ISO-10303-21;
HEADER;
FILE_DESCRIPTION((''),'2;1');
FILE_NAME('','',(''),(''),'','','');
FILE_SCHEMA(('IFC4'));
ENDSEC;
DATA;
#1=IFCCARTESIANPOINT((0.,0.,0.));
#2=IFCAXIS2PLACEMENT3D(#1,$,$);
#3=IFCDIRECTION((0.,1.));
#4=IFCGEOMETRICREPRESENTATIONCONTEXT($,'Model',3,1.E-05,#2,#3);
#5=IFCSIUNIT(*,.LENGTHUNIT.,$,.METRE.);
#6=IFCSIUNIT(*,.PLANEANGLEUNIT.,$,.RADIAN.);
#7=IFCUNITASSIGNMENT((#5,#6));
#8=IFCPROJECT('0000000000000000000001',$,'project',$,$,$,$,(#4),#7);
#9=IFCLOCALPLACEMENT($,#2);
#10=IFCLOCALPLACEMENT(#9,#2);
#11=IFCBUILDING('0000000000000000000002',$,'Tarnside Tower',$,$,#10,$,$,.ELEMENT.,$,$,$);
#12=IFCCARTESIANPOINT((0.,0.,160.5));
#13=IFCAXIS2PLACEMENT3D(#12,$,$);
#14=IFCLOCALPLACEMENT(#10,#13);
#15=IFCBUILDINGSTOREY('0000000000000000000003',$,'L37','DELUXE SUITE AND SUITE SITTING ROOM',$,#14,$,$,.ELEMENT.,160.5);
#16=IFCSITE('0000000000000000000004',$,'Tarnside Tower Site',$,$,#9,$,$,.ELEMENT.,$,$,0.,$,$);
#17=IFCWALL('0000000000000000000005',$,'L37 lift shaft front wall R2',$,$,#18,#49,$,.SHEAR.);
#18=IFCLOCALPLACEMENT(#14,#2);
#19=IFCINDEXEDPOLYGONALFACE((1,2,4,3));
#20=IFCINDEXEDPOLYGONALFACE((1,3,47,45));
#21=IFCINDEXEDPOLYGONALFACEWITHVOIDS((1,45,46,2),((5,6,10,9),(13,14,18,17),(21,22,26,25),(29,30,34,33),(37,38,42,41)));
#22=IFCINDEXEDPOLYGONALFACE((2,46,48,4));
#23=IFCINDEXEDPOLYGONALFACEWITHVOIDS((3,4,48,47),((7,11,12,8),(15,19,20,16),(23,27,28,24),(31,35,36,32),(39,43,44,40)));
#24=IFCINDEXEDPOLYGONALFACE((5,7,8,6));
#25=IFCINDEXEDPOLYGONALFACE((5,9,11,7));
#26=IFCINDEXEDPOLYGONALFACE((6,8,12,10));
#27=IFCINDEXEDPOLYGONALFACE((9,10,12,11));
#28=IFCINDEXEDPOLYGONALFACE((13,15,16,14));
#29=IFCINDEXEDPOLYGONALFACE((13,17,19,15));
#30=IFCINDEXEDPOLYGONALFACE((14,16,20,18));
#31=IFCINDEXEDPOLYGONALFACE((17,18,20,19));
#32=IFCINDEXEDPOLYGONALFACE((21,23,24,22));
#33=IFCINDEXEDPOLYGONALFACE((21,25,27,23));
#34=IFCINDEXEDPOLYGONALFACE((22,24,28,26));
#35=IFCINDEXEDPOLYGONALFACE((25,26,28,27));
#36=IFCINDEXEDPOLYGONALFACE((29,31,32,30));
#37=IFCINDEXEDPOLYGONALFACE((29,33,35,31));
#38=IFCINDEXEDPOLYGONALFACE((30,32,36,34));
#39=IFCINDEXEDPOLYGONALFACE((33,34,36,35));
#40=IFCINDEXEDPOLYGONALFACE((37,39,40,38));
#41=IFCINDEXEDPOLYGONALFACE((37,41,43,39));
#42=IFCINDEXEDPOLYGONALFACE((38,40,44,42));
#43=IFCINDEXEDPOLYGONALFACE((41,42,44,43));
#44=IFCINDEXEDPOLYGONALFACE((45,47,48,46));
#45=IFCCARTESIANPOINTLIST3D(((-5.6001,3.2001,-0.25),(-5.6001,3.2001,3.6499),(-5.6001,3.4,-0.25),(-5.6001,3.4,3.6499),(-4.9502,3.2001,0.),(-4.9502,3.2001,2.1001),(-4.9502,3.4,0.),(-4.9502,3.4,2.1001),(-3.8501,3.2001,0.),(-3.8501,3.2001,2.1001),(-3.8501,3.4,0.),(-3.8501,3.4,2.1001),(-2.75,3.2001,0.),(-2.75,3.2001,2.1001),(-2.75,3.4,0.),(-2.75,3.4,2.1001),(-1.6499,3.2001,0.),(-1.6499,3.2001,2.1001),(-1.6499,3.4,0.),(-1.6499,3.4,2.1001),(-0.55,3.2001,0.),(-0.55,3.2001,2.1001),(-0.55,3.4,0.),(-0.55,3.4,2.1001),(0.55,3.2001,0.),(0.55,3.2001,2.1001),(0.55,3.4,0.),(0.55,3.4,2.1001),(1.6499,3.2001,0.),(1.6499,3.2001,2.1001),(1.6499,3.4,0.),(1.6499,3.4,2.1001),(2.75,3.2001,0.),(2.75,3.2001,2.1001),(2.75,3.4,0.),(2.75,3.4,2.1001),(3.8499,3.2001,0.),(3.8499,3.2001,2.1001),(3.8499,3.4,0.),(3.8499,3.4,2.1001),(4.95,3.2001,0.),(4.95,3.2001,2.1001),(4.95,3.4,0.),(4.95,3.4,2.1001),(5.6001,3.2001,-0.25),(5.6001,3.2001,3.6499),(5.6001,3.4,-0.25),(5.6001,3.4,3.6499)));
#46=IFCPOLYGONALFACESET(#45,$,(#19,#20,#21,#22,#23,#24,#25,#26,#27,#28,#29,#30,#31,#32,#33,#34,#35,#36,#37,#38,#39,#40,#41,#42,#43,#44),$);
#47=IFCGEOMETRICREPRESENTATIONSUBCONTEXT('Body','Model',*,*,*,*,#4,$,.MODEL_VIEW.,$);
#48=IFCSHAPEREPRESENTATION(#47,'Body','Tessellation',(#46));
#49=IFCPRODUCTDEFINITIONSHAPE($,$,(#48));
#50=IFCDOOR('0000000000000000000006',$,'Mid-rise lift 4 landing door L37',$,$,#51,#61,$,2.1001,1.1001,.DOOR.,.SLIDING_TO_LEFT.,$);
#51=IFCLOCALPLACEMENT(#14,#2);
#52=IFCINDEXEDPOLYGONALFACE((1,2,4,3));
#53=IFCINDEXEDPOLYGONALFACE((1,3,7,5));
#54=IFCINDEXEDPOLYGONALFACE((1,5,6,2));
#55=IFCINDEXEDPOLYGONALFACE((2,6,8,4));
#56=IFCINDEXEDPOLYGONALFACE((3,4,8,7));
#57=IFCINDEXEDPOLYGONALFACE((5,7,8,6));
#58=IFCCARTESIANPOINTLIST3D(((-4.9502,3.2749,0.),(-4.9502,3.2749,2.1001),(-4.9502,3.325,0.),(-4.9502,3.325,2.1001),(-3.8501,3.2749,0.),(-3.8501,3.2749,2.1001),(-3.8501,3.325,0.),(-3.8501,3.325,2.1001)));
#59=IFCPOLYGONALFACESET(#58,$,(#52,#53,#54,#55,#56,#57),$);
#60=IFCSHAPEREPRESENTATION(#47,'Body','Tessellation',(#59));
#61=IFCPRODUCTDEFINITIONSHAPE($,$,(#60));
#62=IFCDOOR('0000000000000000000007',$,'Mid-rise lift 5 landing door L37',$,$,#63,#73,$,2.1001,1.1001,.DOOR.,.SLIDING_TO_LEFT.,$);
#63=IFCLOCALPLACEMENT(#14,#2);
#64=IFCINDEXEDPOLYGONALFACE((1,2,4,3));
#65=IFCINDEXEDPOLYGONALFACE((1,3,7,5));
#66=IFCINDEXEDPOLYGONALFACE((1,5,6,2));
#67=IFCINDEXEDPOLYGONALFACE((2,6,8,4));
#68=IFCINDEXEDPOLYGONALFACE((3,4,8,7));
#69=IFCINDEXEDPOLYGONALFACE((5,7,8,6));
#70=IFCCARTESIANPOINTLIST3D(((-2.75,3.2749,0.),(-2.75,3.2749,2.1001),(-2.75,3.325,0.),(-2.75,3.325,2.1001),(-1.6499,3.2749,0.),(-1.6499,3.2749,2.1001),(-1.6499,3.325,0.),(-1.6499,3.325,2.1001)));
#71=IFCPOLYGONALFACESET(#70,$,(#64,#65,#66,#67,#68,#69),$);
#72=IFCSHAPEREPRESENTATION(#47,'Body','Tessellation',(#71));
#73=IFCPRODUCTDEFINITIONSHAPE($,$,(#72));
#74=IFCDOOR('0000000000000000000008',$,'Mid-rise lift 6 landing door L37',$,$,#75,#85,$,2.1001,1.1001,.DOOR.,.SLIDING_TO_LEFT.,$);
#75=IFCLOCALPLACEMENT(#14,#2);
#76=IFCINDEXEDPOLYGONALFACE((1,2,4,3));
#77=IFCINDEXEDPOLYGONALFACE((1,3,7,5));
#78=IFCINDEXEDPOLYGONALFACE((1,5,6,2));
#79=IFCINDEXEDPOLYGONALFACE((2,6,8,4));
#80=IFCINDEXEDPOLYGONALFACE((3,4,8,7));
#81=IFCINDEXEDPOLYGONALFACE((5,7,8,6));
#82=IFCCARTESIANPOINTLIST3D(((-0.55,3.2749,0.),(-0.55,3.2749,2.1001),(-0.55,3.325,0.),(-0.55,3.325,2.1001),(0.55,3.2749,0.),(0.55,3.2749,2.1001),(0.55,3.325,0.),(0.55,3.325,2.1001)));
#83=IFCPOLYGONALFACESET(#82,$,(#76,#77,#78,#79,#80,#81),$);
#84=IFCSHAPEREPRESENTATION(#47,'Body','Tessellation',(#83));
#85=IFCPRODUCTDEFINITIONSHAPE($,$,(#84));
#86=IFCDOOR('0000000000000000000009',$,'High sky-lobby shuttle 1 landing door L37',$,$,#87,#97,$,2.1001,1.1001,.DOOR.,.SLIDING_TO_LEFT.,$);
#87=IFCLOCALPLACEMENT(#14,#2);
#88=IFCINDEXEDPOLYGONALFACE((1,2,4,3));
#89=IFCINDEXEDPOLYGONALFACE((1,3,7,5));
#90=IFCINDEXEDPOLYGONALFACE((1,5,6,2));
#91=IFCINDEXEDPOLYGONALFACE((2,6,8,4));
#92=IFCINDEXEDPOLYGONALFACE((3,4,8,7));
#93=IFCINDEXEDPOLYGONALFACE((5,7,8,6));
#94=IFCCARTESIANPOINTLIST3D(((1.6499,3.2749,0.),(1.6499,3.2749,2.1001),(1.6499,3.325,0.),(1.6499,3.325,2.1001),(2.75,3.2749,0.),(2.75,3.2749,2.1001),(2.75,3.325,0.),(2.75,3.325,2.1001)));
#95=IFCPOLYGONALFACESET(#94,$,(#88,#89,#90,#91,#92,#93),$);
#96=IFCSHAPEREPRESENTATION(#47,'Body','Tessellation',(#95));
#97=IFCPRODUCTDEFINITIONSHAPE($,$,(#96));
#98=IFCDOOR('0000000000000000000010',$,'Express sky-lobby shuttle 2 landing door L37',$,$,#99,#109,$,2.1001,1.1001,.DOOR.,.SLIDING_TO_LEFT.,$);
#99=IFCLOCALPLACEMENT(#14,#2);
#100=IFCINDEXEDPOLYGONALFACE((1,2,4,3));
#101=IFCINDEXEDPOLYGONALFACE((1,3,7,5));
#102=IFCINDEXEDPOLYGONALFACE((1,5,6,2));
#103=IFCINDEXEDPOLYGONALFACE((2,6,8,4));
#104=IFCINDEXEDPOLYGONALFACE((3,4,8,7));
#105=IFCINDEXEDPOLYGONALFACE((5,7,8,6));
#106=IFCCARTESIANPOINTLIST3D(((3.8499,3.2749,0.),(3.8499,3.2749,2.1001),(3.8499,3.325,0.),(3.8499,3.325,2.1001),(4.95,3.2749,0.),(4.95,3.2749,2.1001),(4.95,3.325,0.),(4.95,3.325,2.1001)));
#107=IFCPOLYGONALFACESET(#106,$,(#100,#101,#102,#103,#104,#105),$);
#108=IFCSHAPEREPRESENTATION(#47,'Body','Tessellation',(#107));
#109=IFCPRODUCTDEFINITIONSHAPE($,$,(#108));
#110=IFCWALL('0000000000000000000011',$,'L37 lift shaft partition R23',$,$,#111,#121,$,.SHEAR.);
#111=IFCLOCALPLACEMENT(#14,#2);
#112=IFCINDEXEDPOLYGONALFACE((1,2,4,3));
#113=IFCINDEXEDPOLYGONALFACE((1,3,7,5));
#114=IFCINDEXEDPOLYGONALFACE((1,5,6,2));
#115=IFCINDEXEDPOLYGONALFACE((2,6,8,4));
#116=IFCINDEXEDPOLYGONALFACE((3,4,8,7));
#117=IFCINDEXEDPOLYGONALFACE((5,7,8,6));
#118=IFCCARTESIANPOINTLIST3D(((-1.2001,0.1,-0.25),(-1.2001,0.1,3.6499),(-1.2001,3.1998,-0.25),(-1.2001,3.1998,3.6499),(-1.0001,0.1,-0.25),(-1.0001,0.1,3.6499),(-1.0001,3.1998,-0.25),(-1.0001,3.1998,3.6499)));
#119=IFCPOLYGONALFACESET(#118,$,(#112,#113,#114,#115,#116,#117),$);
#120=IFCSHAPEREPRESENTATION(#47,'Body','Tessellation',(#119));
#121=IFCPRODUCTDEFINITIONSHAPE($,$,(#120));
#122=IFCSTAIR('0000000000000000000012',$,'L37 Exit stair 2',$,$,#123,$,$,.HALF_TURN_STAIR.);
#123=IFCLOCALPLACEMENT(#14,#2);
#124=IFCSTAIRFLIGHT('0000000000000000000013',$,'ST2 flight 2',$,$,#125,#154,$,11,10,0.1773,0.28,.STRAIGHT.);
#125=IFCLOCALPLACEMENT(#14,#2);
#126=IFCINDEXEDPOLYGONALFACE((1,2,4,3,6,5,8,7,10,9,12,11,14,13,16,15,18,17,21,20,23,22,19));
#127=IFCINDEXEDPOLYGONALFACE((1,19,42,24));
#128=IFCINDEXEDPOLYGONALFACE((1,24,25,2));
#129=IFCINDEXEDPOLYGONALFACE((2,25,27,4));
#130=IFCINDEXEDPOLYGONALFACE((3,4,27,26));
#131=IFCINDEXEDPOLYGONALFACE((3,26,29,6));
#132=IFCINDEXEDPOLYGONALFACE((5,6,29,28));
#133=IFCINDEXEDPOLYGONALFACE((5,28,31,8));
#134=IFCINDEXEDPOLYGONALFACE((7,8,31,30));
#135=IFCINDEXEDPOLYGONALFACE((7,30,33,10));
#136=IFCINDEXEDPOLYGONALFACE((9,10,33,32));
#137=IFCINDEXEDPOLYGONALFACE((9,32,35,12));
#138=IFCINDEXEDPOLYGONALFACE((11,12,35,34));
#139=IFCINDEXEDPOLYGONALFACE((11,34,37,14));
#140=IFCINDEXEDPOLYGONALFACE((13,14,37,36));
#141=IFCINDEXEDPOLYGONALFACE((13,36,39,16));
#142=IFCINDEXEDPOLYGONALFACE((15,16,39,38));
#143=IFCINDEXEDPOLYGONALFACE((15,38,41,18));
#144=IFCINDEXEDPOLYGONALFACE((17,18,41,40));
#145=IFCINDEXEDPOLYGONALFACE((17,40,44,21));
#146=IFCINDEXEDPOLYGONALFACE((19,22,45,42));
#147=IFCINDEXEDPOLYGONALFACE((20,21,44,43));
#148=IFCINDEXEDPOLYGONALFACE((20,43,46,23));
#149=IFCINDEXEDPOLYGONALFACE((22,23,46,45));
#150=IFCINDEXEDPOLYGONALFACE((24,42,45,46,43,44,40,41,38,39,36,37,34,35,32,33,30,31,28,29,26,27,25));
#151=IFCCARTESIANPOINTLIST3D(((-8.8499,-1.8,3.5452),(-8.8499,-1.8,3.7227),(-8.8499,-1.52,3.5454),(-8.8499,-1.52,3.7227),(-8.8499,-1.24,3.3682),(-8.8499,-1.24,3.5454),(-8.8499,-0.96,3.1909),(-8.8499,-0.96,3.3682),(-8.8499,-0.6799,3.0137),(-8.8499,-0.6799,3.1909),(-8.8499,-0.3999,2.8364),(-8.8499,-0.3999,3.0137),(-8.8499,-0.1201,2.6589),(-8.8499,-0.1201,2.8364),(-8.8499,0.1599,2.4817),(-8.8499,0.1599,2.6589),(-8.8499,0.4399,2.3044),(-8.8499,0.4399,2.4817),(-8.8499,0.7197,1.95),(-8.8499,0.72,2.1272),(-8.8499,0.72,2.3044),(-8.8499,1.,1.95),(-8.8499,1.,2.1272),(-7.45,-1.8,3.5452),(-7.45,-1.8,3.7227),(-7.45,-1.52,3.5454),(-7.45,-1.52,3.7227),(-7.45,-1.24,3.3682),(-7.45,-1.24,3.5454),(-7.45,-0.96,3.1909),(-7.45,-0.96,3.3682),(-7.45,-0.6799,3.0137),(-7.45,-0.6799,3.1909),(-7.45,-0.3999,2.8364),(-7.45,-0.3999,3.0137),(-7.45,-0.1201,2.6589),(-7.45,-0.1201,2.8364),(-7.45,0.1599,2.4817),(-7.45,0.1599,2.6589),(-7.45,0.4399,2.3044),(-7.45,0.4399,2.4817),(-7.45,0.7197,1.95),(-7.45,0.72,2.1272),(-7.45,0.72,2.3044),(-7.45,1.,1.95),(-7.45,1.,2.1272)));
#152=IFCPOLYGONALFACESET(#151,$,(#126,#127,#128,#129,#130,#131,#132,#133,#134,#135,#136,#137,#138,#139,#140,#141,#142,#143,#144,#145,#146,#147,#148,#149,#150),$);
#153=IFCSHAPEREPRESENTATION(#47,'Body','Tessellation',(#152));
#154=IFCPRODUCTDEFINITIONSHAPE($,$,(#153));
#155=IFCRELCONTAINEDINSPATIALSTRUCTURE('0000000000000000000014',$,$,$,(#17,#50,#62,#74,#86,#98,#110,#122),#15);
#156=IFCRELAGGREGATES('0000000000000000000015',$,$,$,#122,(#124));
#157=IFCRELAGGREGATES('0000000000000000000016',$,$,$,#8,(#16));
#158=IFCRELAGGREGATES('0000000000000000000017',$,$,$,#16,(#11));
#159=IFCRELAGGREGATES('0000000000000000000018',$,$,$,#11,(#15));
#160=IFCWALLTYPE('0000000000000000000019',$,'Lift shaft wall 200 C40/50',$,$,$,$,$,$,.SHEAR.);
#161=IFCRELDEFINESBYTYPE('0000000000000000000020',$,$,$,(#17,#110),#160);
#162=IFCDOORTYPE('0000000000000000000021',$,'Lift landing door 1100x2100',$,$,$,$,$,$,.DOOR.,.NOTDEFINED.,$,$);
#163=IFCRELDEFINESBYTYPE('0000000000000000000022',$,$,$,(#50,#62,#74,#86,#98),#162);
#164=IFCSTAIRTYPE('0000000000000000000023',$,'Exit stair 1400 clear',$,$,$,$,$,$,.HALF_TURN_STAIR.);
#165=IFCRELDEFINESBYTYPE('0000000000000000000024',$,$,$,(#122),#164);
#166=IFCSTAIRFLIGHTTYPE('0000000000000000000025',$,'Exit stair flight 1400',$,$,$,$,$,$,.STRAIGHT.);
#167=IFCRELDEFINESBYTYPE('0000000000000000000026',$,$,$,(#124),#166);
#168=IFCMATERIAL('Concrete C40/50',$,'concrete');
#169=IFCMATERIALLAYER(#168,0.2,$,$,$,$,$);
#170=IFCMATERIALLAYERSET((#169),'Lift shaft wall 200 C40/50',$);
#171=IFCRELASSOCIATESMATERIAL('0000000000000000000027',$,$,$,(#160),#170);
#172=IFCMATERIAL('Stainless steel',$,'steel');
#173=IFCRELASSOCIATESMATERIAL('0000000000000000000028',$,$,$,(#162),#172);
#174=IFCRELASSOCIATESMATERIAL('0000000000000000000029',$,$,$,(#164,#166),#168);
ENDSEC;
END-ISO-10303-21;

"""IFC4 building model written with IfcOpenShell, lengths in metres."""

from ifc_helpers import new_model, si_unit, direction, frame, frame_2d, origin, place, context, subcontext, project, spatial, polyline, rectangle, outline, extrude, material, layer, layer_set, type_object, element, fill, aggregate, save


model = new_model("IFC4")

# Units and contexts
model_context = context("Model", 3, precision=1e-05, world=origin(), true_north=direction((0.0, 1.0)))
body_context = subcontext(model_context, "Body", "Model", "MODEL_VIEW")
ifc_project = project(units=[si_unit("LENGTHUNIT", "METRE"), si_unit("PLANEANGLEUNIT", "RADIAN")], contexts=[model_context])

# Site, building, storey
site_placement = place(None, origin())
site = spatial("IfcSite", under=ifc_project, at=site_placement, Name="Tarnside Tower Site", CompositionType="ELEMENT", RefElevation=0.0)
building_placement = place(site_placement, origin())
building = spatial("IfcBuilding", under=site, at=building_placement, Name="Tarnside Tower", CompositionType="ELEMENT")
storey_placement = place(building_placement, frame((0.0, 0.0, 160.5)))
storey = spatial("IfcBuildingStorey", under=building, at=storey_placement, Name="L37", Description="DELUXE SUITE AND SUITE SITTING ROOM", CompositionType="ELEMENT", Elevation=160.5)

# Shared definitions
ifc_material_1 = material(Name="Concrete C40/50", Category="concrete")
ifc_layer = layer(ifc_material_1, 0.2)
ifc_layer_set = layer_set([ifc_layer], Name="Lift shaft wall 200 C40/50")
wall_type = type_object("IfcWallType", Name="Lift shaft wall 200 C40/50", PredefinedType="SHEAR", material=ifc_layer_set)
ifc_material_2 = material(Name="Stainless steel", Category="steel")
door_type_1 = type_object("IfcDoorType", Name="Lift landing door 1100x2100", OperationType="NOTDEFINED", PredefinedType="DOOR", material=ifc_material_2)

# Wall, openings, doors
wall_1_placement = place(storey_placement, frame((-5.6001, 3.3, -0.25), z_axis=(0.0, 0.0, 1.0), x_axis=(1.0, 0.0, 0.0)))
wall_1 = element("IfcWall", 1, at=wall_1_placement, inside=storey, type_object=wall_type, Name="L37 lift shaft front wall R2", PredefinedType="SHEAR", context=body_context, shape_type="SweptSolid", body=[
    extrude(rectangle(XDim=11.2002, YDim=0.2, at=frame_2d((5.6001, 0.0))), origin(), (0.0, 0.0, 1.0), 3.8999),
])
opening_1_placement = place(wall_1_placement, frame((0.6499, 0.0, 0.25)))
opening_1 = element("IfcOpeningElement", 2, at=opening_1_placement, cuts=wall_1, PredefinedType="OPENING", context=body_context, shape_type="SweptSolid", body=[
    extrude(rectangle(XDim=1.1001, YDim=2.1001, at=frame_2d((0.55, 1.05))), frame((0.0, 0.1099, 0.0), z_axis=(0.0, -1.0, 0.0), x_axis=(1.0, 0.0, 0.0)), (0.0, 0.0, 1.0), 0.22),
])
opening_2_placement = place(wall_1_placement, frame((2.8501, 0.0, 0.25)))
opening_2 = element("IfcOpeningElement", 3, at=opening_2_placement, cuts=wall_1, PredefinedType="OPENING", context=body_context, shape_type="SweptSolid", body=[
    extrude(rectangle(XDim=1.1001, YDim=2.1001, at=frame_2d((0.55, 1.05))), frame((0.0, 0.1099, 0.0), z_axis=(0.0, -1.0, 0.0), x_axis=(1.0, 0.0, 0.0)), (0.0, 0.0, 1.0), 0.22),
])
opening_3_placement = place(wall_1_placement, frame((5.05, 0.0, 0.25)))
opening_3 = element("IfcOpeningElement", 4, at=opening_3_placement, cuts=wall_1, PredefinedType="OPENING", context=body_context, shape_type="SweptSolid", body=[
    extrude(rectangle(XDim=1.1001, YDim=2.1001, at=frame_2d((0.55, 1.05))), frame((0.0, 0.1099, 0.0), z_axis=(0.0, -1.0, 0.0), x_axis=(1.0, 0.0, 0.0)), (0.0, 0.0, 1.0), 0.22),
])
opening_4_placement = place(wall_1_placement, frame((7.25, 0.0, 0.25)))
opening_4 = element("IfcOpeningElement", 5, at=opening_4_placement, cuts=wall_1, PredefinedType="OPENING", context=body_context, shape_type="SweptSolid", body=[
    extrude(rectangle(XDim=1.1001, YDim=2.1001, at=frame_2d((0.55, 1.05))), frame((0.0, 0.1099, 0.0), z_axis=(0.0, -1.0, 0.0), x_axis=(1.0, 0.0, 0.0)), (0.0, 0.0, 1.0), 0.22),
])
opening_5_placement = place(wall_1_placement, frame((9.45, 0.0, 0.25)))
opening_5 = element("IfcOpeningElement", 6, at=opening_5_placement, cuts=wall_1, PredefinedType="OPENING", context=body_context, shape_type="SweptSolid", body=[
    extrude(rectangle(XDim=1.1001, YDim=2.1001, at=frame_2d((0.55, 1.05))), frame((0.0, 0.1099, 0.0), z_axis=(0.0, -1.0, 0.0), x_axis=(1.0, 0.0, 0.0)), (0.0, 0.0, 1.0), 0.22),
])
door_1_placement = place(opening_1_placement, origin())
door_1 = element("IfcDoor", 7, at=door_1_placement, inside=storey, type_object=door_type_1, Name="Mid-rise lift 4 landing door L37", OperationType="SLIDING_TO_LEFT", OverallHeight=2.1001, OverallWidth=1.1001, PredefinedType="DOOR", context=body_context, shape_type="SweptSolid", body=[
    extrude(rectangle(XDim=1.1001, YDim=2.1001, at=frame_2d((0.55, 1.05))), frame((0.0, 0.0249, 0.0), z_axis=(0.0, -1.0, 0.0), x_axis=(1.0, 0.0, 0.0)), (0.0, 0.0, 1.0), 0.05),
])
fill(opening_1, door_1)
door_2_placement = place(opening_2_placement, origin())
door_2 = element("IfcDoor", 8, at=door_2_placement, inside=storey, type_object=door_type_1, Name="Mid-rise lift 5 landing door L37", OperationType="SLIDING_TO_LEFT", OverallHeight=2.1001, OverallWidth=1.1001, PredefinedType="DOOR", context=body_context, shape_type="SweptSolid", body=[
    extrude(rectangle(XDim=1.1001, YDim=2.1001, at=frame_2d((0.55, 1.05))), frame((0.0, 0.0249, 0.0), z_axis=(0.0, -1.0, 0.0), x_axis=(1.0, 0.0, 0.0)), (0.0, 0.0, 1.0), 0.05),
])
fill(opening_2, door_2)
door_3_placement = place(opening_3_placement, origin())
door_3 = element("IfcDoor", 9, at=door_3_placement, inside=storey, type_object=door_type_1, Name="Mid-rise lift 6 landing door L37", OperationType="SLIDING_TO_LEFT", OverallHeight=2.1001, OverallWidth=1.1001, PredefinedType="DOOR", context=body_context, shape_type="SweptSolid", body=[
    extrude(rectangle(XDim=1.1001, YDim=2.1001, at=frame_2d((0.55, 1.05))), frame((0.0, 0.0249, 0.0), z_axis=(0.0, -1.0, 0.0), x_axis=(1.0, 0.0, 0.0)), (0.0, 0.0, 1.0), 0.05),
])
fill(opening_3, door_3)
door_4_placement = place(opening_4_placement, origin())
door_4 = element("IfcDoor", 10, at=door_4_placement, inside=storey, type_object=door_type_1, Name="High sky-lobby shuttle 1 landing door L37", OperationType="SLIDING_TO_LEFT", OverallHeight=2.1001, OverallWidth=1.1001, PredefinedType="DOOR", context=body_context, shape_type="SweptSolid", body=[
    extrude(rectangle(XDim=1.1001, YDim=2.1001, at=frame_2d((0.55, 1.05))), frame((0.0, 0.0249, 0.0), z_axis=(0.0, -1.0, 0.0), x_axis=(1.0, 0.0, 0.0)), (0.0, 0.0, 1.0), 0.05),
])
fill(opening_4, door_4)
door_5_placement = place(opening_5_placement, origin())
door_5 = element("IfcDoor", 11, at=door_5_placement, inside=storey, type_object=door_type_1, Name="Express sky-lobby shuttle 2 landing door L37", OperationType="SLIDING_TO_LEFT", OverallHeight=2.1001, OverallWidth=1.1001, PredefinedType="DOOR", context=body_context, shape_type="SweptSolid", body=[
    extrude(rectangle(XDim=1.1001, YDim=2.1001, at=frame_2d((0.55, 1.05))), frame((0.0, 0.0249, 0.0), z_axis=(0.0, -1.0, 0.0), x_axis=(1.0, 0.0, 0.0)), (0.0, 0.0, 1.0), 0.05),
])
fill(opening_5, door_5)

# Wall
wall_2_placement = place(storey_placement, frame((-1.1001, 0.1001, -0.25), z_axis=(0.0, 0.0, 1.0), x_axis=(0.0, 1.0, 0.0)))
element("IfcWall", 12, at=wall_2_placement, inside=storey, type_object=wall_type, Name="L37 lift shaft partition R23", PredefinedType="SHEAR", context=body_context, shape_type="SweptSolid", body=[
    extrude(rectangle(XDim=3.0999, YDim=0.2, at=frame_2d((1.5498, 0.0))), origin(), (0.0, 0.0, 1.0), 3.8999),
])

# Stair, stair flight
stair_type = type_object("IfcStairType", Name="Exit stair 1400 clear", PredefinedType="HALF_TURN_STAIR", material=ifc_material_1)
stair_placement = place(storey_placement, origin())
stair = element("IfcStair", 13, at=stair_placement, inside=storey, type_object=stair_type, Name="L37 Exit stair 2", PredefinedType="HALF_TURN_STAIR")
stair_flight_type = type_object("IfcStairFlightType", Name="Exit stair flight 1400", PredefinedType="STRAIGHT", material=ifc_material_1)
stair_flight_placement = place(storey_placement, frame((-8.1499, 1.0, 1.95), z_axis=(0.0, 0.0, 1.0), x_axis=(0.0, -1.0, 0.0)))
stair_flight = element("IfcStairFlight", 14, at=stair_flight_placement, type_object=stair_flight_type, Name="ST2 flight 2", NumberOfRisers=11, NumberOfTreads=10, PredefinedType="STRAIGHT", RiserHeight=0.1773, TreadLength=0.28, context=body_context, shape_type="SweptSolid", body=[
    extrude(outline(polyline([(0.0, 0.0), (0.0, 0.1772), (0.28, 0.1772), (0.28, 0.3545), (0.5601, 0.3545), (0.5601, 0.5317), (0.8401, 0.5317), (0.8401, 0.709), (1.1201, 0.709), (1.1201, 0.8865), (1.3999, 0.8865), (1.3999, 1.0637), (1.6799, 1.0637), (1.6799, 1.241), (1.96, 1.241), (1.96, 1.4182), (2.24, 1.4182), (2.24, 1.5955), (2.52, 1.5955), (2.52, 1.7727), (2.8, 1.7727), (2.8, 1.95), (2.8, 1.5952), (0.2803, 0.0), (0.0, 0.0)])), frame((0.0, 0.7, 0.0), z_axis=(0.0, -1.0, 0.0), x_axis=(1.0, 0.0, 0.0)), (0.0, 0.0, 1.0), 1.3999),
])
aggregate(stair, [stair_flight])

save(model, "model.ifc")
